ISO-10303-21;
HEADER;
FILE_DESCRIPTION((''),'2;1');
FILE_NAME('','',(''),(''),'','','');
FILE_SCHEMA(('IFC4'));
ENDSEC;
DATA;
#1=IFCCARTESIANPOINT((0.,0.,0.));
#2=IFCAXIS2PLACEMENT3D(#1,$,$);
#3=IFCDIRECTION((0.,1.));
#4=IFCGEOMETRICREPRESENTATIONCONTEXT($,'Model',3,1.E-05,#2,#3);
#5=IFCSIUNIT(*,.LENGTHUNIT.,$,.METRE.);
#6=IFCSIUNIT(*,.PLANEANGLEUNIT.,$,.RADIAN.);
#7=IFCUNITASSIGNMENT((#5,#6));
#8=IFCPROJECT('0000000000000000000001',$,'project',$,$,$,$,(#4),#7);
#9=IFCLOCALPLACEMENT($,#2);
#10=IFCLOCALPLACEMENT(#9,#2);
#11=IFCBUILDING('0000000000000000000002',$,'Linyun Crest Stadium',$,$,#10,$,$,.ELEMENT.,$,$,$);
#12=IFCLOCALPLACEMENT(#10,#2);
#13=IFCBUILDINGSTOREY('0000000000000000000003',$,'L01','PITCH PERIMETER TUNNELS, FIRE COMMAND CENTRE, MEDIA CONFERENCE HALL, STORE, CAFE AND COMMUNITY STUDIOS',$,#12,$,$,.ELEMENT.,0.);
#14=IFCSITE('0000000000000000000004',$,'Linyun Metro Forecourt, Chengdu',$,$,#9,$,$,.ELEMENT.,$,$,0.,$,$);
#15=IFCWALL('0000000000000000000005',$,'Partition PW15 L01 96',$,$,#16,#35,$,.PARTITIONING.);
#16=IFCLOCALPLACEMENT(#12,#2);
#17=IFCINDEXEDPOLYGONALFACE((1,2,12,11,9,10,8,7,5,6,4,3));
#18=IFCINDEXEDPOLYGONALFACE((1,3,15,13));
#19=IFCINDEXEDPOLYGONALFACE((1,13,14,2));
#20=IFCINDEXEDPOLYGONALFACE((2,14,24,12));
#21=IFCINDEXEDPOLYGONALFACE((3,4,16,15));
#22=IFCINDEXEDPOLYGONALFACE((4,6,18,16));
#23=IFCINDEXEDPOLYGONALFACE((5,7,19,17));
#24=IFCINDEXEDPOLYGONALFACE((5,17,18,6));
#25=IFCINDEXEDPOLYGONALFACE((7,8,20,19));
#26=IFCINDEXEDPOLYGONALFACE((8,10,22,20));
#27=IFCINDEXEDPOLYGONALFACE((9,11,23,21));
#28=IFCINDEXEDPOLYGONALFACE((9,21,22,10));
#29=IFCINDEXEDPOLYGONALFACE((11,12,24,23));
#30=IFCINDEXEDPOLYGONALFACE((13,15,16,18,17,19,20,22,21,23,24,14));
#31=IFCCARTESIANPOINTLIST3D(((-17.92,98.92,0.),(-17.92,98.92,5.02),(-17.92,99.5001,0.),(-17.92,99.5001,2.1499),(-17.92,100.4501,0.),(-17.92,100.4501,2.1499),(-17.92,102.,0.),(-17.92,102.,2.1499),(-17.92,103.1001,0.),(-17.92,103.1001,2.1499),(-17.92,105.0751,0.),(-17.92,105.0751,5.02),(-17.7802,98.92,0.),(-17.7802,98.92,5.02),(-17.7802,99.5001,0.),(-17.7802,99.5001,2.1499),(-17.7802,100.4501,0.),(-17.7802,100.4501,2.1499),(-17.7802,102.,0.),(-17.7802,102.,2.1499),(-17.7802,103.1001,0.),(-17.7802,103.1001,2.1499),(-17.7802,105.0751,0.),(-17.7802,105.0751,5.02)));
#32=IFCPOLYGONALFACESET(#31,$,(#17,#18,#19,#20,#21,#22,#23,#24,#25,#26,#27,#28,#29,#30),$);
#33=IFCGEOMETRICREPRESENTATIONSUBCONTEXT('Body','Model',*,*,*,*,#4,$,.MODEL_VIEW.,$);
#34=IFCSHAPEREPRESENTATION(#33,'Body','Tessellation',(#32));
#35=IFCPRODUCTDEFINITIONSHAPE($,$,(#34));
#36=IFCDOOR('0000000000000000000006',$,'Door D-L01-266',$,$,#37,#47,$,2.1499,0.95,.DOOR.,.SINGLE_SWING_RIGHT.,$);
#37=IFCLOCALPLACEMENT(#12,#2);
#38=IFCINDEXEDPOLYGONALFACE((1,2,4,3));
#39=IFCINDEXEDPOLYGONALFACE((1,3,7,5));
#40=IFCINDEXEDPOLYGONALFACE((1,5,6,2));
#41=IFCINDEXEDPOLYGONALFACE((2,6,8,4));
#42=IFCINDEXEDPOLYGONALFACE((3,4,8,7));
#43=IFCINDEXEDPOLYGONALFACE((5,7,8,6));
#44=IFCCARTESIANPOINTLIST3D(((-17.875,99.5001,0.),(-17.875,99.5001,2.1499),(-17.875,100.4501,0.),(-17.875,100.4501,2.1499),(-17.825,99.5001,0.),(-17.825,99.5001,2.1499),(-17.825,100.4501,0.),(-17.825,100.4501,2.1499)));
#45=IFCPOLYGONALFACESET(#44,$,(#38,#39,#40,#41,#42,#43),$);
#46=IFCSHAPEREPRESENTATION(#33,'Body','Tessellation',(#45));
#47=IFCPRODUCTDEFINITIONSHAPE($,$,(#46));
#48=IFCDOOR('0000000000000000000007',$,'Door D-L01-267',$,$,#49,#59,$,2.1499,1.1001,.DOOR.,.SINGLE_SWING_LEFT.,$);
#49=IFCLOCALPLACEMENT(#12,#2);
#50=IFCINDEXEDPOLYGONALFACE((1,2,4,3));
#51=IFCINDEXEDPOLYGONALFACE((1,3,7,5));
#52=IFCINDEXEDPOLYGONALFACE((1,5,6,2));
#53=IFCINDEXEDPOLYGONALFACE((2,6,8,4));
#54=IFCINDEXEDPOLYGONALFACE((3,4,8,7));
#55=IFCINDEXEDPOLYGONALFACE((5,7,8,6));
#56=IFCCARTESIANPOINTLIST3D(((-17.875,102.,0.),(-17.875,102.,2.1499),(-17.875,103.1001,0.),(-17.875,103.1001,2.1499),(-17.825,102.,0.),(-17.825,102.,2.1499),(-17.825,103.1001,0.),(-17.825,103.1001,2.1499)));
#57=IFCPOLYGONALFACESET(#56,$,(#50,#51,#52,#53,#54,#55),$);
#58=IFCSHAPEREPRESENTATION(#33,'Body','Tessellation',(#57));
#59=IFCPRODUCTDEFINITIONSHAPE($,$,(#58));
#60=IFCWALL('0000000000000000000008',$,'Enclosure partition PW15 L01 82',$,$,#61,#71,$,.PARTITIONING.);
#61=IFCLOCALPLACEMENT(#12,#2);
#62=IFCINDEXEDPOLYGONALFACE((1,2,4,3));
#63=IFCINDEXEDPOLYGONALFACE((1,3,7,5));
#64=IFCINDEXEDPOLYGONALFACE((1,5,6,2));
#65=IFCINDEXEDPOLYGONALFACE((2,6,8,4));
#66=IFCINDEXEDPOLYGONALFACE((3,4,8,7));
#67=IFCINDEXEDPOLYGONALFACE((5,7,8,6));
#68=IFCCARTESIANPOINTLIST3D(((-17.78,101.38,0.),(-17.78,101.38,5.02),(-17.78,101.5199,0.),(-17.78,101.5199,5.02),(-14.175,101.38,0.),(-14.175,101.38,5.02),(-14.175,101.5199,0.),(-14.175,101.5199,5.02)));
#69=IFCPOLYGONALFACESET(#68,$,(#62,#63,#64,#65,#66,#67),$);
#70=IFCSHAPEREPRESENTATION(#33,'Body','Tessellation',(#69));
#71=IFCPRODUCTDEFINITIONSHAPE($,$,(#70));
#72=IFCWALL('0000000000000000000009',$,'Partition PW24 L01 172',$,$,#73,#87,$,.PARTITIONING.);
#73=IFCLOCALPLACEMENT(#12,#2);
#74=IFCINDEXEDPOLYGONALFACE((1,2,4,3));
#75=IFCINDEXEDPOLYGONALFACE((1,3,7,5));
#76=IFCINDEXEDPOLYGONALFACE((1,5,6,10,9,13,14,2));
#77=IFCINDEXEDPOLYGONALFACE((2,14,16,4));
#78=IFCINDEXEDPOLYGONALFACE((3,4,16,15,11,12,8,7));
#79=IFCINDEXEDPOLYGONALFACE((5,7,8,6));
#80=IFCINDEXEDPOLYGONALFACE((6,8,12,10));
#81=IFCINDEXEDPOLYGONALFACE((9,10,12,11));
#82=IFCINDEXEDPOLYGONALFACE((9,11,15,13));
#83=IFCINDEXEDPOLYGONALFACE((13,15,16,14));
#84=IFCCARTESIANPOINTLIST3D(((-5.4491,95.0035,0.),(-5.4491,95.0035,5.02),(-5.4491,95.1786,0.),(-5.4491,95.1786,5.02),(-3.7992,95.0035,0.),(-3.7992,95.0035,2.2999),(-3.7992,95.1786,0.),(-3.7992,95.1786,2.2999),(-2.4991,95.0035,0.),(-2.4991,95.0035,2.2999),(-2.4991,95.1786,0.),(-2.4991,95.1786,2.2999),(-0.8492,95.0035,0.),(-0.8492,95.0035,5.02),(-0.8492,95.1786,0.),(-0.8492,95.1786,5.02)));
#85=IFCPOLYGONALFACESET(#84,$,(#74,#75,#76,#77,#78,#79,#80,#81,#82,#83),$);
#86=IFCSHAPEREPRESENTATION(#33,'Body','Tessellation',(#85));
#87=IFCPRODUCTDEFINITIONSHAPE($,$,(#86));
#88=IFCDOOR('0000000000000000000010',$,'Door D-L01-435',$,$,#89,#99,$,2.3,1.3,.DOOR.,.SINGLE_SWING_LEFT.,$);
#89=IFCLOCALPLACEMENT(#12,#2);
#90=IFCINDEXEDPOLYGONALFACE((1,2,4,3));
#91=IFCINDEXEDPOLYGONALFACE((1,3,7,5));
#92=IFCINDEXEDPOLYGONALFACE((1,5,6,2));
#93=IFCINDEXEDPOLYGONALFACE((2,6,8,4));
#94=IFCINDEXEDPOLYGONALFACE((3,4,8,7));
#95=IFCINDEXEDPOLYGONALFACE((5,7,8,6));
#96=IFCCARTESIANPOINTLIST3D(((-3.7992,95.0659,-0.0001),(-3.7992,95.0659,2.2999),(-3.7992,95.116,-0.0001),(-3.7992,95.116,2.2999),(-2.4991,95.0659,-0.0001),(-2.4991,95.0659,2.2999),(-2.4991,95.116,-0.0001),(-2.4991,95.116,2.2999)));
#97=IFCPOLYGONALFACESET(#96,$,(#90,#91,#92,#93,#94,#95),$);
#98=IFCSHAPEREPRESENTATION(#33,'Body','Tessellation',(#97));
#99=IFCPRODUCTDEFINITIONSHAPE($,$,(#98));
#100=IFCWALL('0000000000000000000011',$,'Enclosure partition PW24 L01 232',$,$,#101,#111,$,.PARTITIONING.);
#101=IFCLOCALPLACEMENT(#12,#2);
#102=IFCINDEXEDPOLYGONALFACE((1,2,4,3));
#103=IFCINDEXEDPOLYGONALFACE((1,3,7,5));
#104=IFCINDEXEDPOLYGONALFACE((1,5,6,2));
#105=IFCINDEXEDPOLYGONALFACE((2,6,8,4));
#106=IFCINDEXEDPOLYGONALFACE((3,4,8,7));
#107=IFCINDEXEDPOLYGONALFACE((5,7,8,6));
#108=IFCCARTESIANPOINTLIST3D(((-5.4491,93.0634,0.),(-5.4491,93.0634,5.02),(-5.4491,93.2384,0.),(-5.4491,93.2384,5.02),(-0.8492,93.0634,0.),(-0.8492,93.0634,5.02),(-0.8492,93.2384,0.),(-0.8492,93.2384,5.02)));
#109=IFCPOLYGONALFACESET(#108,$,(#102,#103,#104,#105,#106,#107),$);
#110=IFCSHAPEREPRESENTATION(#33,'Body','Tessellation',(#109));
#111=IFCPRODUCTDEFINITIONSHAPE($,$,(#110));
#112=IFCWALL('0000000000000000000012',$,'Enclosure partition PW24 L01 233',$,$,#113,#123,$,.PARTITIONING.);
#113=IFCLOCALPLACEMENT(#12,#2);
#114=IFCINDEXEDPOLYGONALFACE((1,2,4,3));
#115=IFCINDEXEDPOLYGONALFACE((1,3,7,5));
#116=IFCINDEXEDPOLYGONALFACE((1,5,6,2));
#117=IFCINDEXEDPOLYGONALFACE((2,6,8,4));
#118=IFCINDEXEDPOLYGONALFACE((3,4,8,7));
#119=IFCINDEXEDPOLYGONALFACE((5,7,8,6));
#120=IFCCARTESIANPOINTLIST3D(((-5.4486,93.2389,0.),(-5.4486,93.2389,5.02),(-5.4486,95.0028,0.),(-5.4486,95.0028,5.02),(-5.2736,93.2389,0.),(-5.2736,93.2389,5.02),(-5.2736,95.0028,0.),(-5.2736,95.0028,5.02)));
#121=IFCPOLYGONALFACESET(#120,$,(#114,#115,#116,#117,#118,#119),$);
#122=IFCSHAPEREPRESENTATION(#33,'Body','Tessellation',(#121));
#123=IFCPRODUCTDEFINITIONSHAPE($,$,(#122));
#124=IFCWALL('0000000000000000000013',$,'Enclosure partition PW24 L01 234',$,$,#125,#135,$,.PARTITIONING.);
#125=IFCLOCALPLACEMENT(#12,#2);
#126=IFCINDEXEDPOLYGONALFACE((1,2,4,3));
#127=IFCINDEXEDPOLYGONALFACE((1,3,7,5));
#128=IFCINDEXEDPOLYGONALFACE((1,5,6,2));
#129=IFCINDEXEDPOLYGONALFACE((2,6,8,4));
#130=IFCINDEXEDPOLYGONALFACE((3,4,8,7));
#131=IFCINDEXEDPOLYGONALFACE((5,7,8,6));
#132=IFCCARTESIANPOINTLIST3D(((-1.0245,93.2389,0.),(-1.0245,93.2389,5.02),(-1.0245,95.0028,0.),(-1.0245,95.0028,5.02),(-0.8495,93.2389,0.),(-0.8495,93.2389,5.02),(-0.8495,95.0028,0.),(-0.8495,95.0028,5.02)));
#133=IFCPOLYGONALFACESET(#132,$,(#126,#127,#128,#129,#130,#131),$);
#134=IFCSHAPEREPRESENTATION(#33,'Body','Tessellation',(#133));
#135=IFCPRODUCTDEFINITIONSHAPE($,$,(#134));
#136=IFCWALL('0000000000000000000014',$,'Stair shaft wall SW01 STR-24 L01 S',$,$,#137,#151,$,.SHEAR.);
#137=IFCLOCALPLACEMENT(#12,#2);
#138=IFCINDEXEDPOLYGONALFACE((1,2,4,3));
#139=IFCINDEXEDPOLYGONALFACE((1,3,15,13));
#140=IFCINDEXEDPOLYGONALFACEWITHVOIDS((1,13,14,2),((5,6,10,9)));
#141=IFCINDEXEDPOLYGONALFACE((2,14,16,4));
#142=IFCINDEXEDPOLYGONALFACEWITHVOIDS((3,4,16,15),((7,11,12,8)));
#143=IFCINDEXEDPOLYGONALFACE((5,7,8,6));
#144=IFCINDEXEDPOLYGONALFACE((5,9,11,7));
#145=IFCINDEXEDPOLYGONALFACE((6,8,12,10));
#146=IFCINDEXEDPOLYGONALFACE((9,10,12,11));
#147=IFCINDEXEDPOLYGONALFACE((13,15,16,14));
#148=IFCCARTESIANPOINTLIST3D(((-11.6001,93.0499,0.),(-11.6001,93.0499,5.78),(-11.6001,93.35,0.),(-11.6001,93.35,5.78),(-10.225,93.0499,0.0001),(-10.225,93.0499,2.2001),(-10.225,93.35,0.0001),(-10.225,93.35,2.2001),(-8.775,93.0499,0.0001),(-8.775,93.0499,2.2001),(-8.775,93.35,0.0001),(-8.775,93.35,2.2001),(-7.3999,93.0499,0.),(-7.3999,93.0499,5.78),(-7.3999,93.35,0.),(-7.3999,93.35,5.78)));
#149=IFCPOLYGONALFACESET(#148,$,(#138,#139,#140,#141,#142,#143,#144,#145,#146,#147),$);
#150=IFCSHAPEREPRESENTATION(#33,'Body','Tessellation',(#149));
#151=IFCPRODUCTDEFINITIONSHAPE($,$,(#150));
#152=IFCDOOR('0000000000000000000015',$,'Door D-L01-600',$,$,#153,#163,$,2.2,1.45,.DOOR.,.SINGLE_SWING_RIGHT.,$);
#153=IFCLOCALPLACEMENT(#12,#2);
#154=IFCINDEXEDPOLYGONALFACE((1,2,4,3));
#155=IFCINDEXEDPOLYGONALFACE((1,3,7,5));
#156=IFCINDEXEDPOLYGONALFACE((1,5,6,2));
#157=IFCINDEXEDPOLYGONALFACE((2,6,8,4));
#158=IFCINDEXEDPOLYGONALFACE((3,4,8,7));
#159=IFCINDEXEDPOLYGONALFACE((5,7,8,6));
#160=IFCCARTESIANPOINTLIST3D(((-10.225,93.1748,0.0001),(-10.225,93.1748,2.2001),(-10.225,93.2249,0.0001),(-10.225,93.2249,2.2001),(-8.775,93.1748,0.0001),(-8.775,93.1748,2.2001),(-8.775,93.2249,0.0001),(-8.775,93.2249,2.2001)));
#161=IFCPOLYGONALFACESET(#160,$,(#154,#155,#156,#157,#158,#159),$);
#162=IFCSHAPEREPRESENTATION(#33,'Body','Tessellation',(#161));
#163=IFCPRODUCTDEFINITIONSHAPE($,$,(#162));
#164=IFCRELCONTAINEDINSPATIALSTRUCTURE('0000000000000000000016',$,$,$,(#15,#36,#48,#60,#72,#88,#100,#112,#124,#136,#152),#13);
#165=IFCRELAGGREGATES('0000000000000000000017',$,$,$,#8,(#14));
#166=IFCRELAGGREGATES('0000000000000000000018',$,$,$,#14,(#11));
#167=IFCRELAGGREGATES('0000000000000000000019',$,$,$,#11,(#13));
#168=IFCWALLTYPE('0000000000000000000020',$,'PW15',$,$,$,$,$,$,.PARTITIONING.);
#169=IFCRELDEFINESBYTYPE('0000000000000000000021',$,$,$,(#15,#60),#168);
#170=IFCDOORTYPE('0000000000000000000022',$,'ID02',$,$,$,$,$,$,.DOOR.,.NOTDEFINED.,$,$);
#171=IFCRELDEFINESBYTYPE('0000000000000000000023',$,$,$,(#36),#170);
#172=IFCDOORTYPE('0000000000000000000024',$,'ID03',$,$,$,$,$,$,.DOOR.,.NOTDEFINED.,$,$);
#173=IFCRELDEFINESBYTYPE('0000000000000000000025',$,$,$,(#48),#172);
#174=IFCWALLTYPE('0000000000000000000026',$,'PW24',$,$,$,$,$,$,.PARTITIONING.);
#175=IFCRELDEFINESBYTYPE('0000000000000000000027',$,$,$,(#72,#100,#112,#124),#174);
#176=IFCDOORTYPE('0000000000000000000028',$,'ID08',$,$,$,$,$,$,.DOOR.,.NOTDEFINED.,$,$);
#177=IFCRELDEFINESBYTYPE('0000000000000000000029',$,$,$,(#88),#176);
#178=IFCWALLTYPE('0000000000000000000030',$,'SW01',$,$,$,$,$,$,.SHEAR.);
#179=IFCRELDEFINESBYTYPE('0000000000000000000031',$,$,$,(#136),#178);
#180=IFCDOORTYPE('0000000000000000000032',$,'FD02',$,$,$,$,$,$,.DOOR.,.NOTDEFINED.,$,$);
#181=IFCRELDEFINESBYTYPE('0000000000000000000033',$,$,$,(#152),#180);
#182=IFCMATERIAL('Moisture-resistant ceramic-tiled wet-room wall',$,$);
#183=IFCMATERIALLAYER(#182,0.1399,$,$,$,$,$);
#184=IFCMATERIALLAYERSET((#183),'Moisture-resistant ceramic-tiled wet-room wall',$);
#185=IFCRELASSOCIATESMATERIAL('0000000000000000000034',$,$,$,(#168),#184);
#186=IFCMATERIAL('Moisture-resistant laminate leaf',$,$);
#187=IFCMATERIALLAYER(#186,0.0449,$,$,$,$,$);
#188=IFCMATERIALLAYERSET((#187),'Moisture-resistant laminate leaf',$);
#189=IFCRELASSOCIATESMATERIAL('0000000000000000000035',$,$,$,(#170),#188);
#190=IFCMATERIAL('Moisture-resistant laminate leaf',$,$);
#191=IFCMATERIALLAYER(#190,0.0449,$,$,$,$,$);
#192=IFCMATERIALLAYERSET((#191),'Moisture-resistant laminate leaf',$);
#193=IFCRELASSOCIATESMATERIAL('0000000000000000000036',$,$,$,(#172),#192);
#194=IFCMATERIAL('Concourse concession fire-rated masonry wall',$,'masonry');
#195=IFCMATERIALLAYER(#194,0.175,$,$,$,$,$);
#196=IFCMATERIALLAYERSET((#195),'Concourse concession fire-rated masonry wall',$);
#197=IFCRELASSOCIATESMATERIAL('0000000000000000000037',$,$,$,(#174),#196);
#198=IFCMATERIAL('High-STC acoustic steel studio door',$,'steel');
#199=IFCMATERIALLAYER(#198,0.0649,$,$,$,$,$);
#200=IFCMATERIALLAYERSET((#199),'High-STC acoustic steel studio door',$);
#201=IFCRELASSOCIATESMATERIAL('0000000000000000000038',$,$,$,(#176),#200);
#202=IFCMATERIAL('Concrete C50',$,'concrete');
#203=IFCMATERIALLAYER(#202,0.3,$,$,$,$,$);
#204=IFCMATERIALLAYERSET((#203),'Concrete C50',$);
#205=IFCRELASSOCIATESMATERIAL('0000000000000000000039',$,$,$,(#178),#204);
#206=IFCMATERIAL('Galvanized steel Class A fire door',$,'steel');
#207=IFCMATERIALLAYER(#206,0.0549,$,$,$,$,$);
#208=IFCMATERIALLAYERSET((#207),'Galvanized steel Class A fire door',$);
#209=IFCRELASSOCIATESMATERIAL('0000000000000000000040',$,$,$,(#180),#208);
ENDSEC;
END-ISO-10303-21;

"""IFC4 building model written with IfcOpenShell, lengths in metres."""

from ifc_helpers import new_model, si_unit, direction, frame, frame_2d, origin, place, context, subcontext, project, spatial, rectangle, extrude, material, layer, layer_set, type_object, element, fill, save


model = new_model("IFC4")

# Units and contexts
model_context = context("Model", 3, precision=1e-05, world=origin(), true_north=direction((0.0, 1.0)))
body_context = subcontext(model_context, "Body", "Model", "MODEL_VIEW")
ifc_project = project(units=[si_unit("LENGTHUNIT", "METRE"), si_unit("PLANEANGLEUNIT", "RADIAN")], contexts=[model_context])

# Site, building, storey
site_placement = place(None, origin())
site = spatial("IfcSite", under=ifc_project, at=site_placement, Name="Linyun Metro Forecourt, Chengdu", CompositionType="ELEMENT", RefElevation=0.0)
building_placement = place(site_placement, origin())
building = spatial("IfcBuilding", under=site, at=building_placement, Name="Linyun Crest Stadium", CompositionType="ELEMENT")
storey_placement = place(building_placement, origin())
storey = spatial("IfcBuildingStorey", under=building, at=storey_placement, Name="L01", Description="PITCH PERIMETER TUNNELS, FIRE COMMAND CENTRE, MEDIA CONFERENCE HALL, STORE, CAFE AND COMMUNITY STUDIOS", CompositionType="ELEMENT", Elevation=0.0)

# Wall, openings, doors
ifc_material_1 = material(Name="Moisture-resistant ceramic-tiled wet-room wall")
ifc_layer_1 = layer(ifc_material_1, 0.1399)
ifc_layer_set_1 = layer_set([ifc_layer_1], Name="Moisture-resistant ceramic-tiled wet-room wall")
wall_type_1 = type_object("IfcWallType", Name="PW15", PredefinedType="PARTITIONING", material=ifc_layer_set_1)
wall_1_placement = place(storey_placement, frame((-17.8501, 98.9199, 0.0), z_axis=(0.0, 0.0, 1.0), x_axis=(0.0, 1.0, 0.0)))
wall_1 = element("IfcWall", 1, at=wall_1_placement, inside=storey, type_object=wall_type_1, Name="Partition PW15 L01 96", PredefinedType="PARTITIONING", context=body_context, shape_type="SweptSolid", body=[
    extrude(rectangle(XDim=6.155, YDim=0.1399, at=frame_2d((3.0776, 0.0))), origin(), (0.0, 0.0, 1.0), 5.02),
])
opening_1_placement = place(wall_1_placement, frame((0.5801, 0.0, 0.0)))
opening_1 = element("IfcOpeningElement", 2, at=opening_1_placement, cuts=wall_1, PredefinedType="OPENING", context=body_context, shape_type="SweptSolid", body=[
    extrude(rectangle(XDim=0.95, YDim=2.1499, at=frame_2d((0.4751, 1.075))), frame((0.0, 0.0798, 0.0), z_axis=(0.0, -1.0, 0.0), x_axis=(1.0, 0.0, 0.0)), (0.0, 0.0, 1.0), 0.1599),
])
opening_2_placement = place(wall_1_placement, frame((3.0801, 0.0, 0.0)))
opening_2 = element("IfcOpeningElement", 3, at=opening_2_placement, cuts=wall_1, PredefinedType="OPENING", context=body_context, shape_type="SweptSolid", body=[
    extrude(rectangle(XDim=1.1001, YDim=2.1499, at=frame_2d((0.55, 1.075))), frame((0.0, 0.0798, 0.0), z_axis=(0.0, -1.0, 0.0), x_axis=(1.0, 0.0, 0.0)), (0.0, 0.0, 1.0), 0.1599),
])
ifc_material_2 = material(Name="Moisture-resistant laminate leaf")
ifc_layer_2 = layer(ifc_material_2, 0.0449)
ifc_layer_set_2 = layer_set([ifc_layer_2], Name="Moisture-resistant laminate leaf")
door_type_1 = type_object("IfcDoorType", Name="ID02", OperationType="NOTDEFINED", PredefinedType="DOOR", material=ifc_layer_set_2)
door_1_placement = place(opening_1_placement, origin())
door_1 = element("IfcDoor", 4, at=door_1_placement, inside=storey, type_object=door_type_1, Name="Door D-L01-266", OperationType="SINGLE_SWING_RIGHT", OverallHeight=2.1499, OverallWidth=0.95, PredefinedType="DOOR", context=body_context, shape_type="SweptSolid", body=[
    extrude(rectangle(XDim=0.95, YDim=2.1499, at=frame_2d((0.4751, 1.075))), frame((0.0, 0.0249, 0.0), z_axis=(0.0, -1.0, 0.0), x_axis=(1.0, 0.0, 0.0)), (0.0, 0.0, 1.0), 0.05),
])
fill(opening_1, door_1)
ifc_material_3 = material(Name="Moisture-resistant laminate leaf")
ifc_layer_3 = layer(ifc_material_3, 0.0449)
ifc_layer_set_3 = layer_set([ifc_layer_3], Name="Moisture-resistant laminate leaf")
door_type_2 = type_object("IfcDoorType", Name="ID03", OperationType="NOTDEFINED", PredefinedType="DOOR", material=ifc_layer_set_3)
door_2_placement = place(opening_2_placement, origin())
door_2 = element("IfcDoor", 5, at=door_2_placement, inside=storey, type_object=door_type_2, Name="Door D-L01-267", OperationType="SINGLE_SWING_LEFT", OverallHeight=2.1499, OverallWidth=1.1001, PredefinedType="DOOR", context=body_context, shape_type="SweptSolid", body=[
    extrude(rectangle(XDim=1.1001, YDim=2.1499, at=frame_2d((0.55, 1.075))), frame((0.0, 0.0249, 0.0), z_axis=(0.0, -1.0, 0.0), x_axis=(1.0, 0.0, 0.0)), (0.0, 0.0, 1.0), 0.05),
])
fill(opening_2, door_2)

# Wall
wall_2_placement = place(storey_placement, frame((-17.78, 101.45, 0.0), z_axis=(0.0, 0.0, 1.0), x_axis=(1.0, 0.0, 0.0)))
element("IfcWall", 6, at=wall_2_placement, inside=storey, type_object=wall_type_1, Name="Enclosure partition PW15 L01 82", PredefinedType="PARTITIONING", context=body_context, shape_type="SweptSolid", body=[
    extrude(rectangle(XDim=3.605, YDim=0.1399, at=frame_2d((1.8025, 0.0))), origin(), (0.0, 0.0, 1.0), 5.02),
])

# Wall, opening, door
ifc_material_4 = material(Name="Concourse concession fire-rated masonry wall", Category="masonry")
ifc_layer_4 = layer(ifc_material_4, 0.175)
ifc_layer_set_4 = layer_set([ifc_layer_4], Name="Concourse concession fire-rated masonry wall")
wall_type_2 = type_object("IfcWallType", Name="PW24", PredefinedType="PARTITIONING", material=ifc_layer_set_4)
wall_3_placement = place(storey_placement, frame((-5.449, 95.0911, 0.0), z_axis=(0.0, 0.0, 1.0), x_axis=(1.0, 0.0, 0.0)))
wall_3 = element("IfcWall", 7, at=wall_3_placement, inside=storey, type_object=wall_type_2, Name="Partition PW24 L01 172", PredefinedType="PARTITIONING", context=body_context, shape_type="SweptSolid", body=[
    extrude(rectangle(XDim=4.5999, YDim=0.175, at=frame_2d((2.2998, 0.0))), origin(), (0.0, 0.0, 1.0), 5.02),
])
opening_3_placement = place(wall_3_placement, frame((1.6499, 0.0, 0.0)))
opening_3 = element("IfcOpeningElement", 8, at=opening_3_placement, cuts=wall_3, PredefinedType="OPENING", context=body_context, shape_type="SweptSolid", body=[
    extrude(rectangle(XDim=1.3, YDim=2.3, at=frame_2d((0.6499, 1.1499))), frame((0.0, 0.0974, 0.0), z_axis=(0.0, -1.0, 0.0), x_axis=(1.0, 0.0, 0.0)), (0.0, 0.0, 1.0), 0.1951),
])
ifc_material_5 = material(Name="High-STC acoustic steel studio door", Category="steel")
ifc_layer_5 = layer(ifc_material_5, 0.0649)
ifc_layer_set_5 = layer_set([ifc_layer_5], Name="High-STC acoustic steel studio door")
door_type_3 = type_object("IfcDoorType", Name="ID08", OperationType="NOTDEFINED", PredefinedType="DOOR", material=ifc_layer_set_5)
door_3_placement = place(opening_3_placement, origin())
door_3 = element("IfcDoor", 9, at=door_3_placement, inside=storey, type_object=door_type_3, Name="Door D-L01-435", OperationType="SINGLE_SWING_LEFT", OverallHeight=2.3, OverallWidth=1.3, PredefinedType="DOOR", context=body_context, shape_type="SweptSolid", body=[
    extrude(rectangle(XDim=1.3, YDim=2.3, at=frame_2d((0.6499, 1.1499))), frame((0.0, 0.0249, 0.0), z_axis=(0.0, -1.0, 0.0), x_axis=(1.0, 0.0, 0.0)), (0.0, 0.0, 1.0), 0.05),
])
fill(opening_3, door_3)

# Walls
wall_4_placement = place(storey_placement, frame((-5.449, 93.1509, 0.0), z_axis=(0.0, 0.0, 1.0), x_axis=(1.0, 0.0, 0.0)))
element("IfcWall", 10, at=wall_4_placement, inside=storey, type_object=wall_type_2, Name="Enclosure partition PW24 L01 232", PredefinedType="PARTITIONING", context=body_context, shape_type="SweptSolid", body=[
    extrude(rectangle(XDim=4.5999, YDim=0.175, at=frame_2d((2.2998, 0.0))), origin(), (0.0, 0.0, 1.0), 5.02),
])
for number, where, z_axis, x_axis, name in (
    (11, (-5.3611, 93.239, 0.0), (0.0, 0.0, 1.0), (0.0, 1.0, 0.0), "Enclosure partition PW24 L01 233"),
    (12, (-0.937, 93.239, 0.0), (0.0, 0.0, 1.0), (0.0, 1.0, 0.0), "Enclosure partition PW24 L01 234"),
):
    element("IfcWall", number, at=place(storey_placement, frame(where, z_axis=z_axis, x_axis=x_axis)), inside=storey, type_object=wall_type_2, Name=name, PredefinedType="PARTITIONING", context=body_context, shape_type="SweptSolid", body=[
        extrude(rectangle(XDim=1.7639, YDim=0.175, at=frame_2d((0.8818, 0.0))), origin(), (0.0, 0.0, 1.0), 5.02),
    ])

# Wall, opening, door
ifc_material_6 = material(Name="Concrete C50", Category="concrete")
ifc_layer_6 = layer(ifc_material_6, 0.3)
ifc_layer_set_6 = layer_set([ifc_layer_6], Name="Concrete C50")
wall_type_3 = type_object("IfcWallType", Name="SW01", PredefinedType="SHEAR", material=ifc_layer_set_6)
wall_5_placement = place(storey_placement, frame((-11.6001, 93.2, 0.0), z_axis=(0.0, 0.0, 1.0), x_axis=(1.0, 0.0, 0.0)))
wall_5 = element("IfcWall", 13, at=wall_5_placement, inside=storey, type_object=wall_type_3, Name="Stair shaft wall SW01 STR-24 L01 S", PredefinedType="SHEAR", context=body_context, shape_type="SweptSolid", body=[
    extrude(rectangle(XDim=4.2002, YDim=0.3, at=frame_2d((2.1001, 0.0))), origin(), (0.0, 0.0, 1.0), 5.78),
])
opening_4_placement = place(wall_5_placement, frame((1.375, 0.0, 0.0)))
opening_4 = element("IfcOpeningElement", 14, at=opening_4_placement, cuts=wall_5, PredefinedType="OPENING", context=body_context, shape_type="SweptSolid", body=[
    extrude(rectangle(XDim=1.45, YDim=2.2, at=frame_2d((0.7251, 1.1001))), frame((0.0, 0.1599, 0.0), z_axis=(0.0, -1.0, 0.0), x_axis=(1.0, 0.0, 0.0)), (0.0, 0.0, 1.0), 0.3201),
])
ifc_material_7 = material(Name="Galvanized steel Class A fire door", Category="steel")
ifc_layer_7 = layer(ifc_material_7, 0.0549)
ifc_layer_set_7 = layer_set([ifc_layer_7], Name="Galvanized steel Class A fire door")
door_type_4 = type_object("IfcDoorType", Name="FD02", OperationType="NOTDEFINED", PredefinedType="DOOR", material=ifc_layer_set_7)
door_4_placement = place(opening_4_placement, origin())
door_4 = element("IfcDoor", 15, at=door_4_placement, inside=storey, type_object=door_type_4, Name="Door D-L01-600", OperationType="SINGLE_SWING_RIGHT", OverallHeight=2.2, OverallWidth=1.45, PredefinedType="DOOR", context=body_context, shape_type="SweptSolid", body=[
    extrude(rectangle(XDim=1.45, YDim=2.2, at=frame_2d((0.7251, 1.1001))), frame((0.0, 0.0249, 0.0), z_axis=(0.0, -1.0, 0.0), x_axis=(1.0, 0.0, 0.0)), (0.0, 0.0, 1.0), 0.05),
])
fill(opening_4, door_4)

save(model, "model.ifc")
